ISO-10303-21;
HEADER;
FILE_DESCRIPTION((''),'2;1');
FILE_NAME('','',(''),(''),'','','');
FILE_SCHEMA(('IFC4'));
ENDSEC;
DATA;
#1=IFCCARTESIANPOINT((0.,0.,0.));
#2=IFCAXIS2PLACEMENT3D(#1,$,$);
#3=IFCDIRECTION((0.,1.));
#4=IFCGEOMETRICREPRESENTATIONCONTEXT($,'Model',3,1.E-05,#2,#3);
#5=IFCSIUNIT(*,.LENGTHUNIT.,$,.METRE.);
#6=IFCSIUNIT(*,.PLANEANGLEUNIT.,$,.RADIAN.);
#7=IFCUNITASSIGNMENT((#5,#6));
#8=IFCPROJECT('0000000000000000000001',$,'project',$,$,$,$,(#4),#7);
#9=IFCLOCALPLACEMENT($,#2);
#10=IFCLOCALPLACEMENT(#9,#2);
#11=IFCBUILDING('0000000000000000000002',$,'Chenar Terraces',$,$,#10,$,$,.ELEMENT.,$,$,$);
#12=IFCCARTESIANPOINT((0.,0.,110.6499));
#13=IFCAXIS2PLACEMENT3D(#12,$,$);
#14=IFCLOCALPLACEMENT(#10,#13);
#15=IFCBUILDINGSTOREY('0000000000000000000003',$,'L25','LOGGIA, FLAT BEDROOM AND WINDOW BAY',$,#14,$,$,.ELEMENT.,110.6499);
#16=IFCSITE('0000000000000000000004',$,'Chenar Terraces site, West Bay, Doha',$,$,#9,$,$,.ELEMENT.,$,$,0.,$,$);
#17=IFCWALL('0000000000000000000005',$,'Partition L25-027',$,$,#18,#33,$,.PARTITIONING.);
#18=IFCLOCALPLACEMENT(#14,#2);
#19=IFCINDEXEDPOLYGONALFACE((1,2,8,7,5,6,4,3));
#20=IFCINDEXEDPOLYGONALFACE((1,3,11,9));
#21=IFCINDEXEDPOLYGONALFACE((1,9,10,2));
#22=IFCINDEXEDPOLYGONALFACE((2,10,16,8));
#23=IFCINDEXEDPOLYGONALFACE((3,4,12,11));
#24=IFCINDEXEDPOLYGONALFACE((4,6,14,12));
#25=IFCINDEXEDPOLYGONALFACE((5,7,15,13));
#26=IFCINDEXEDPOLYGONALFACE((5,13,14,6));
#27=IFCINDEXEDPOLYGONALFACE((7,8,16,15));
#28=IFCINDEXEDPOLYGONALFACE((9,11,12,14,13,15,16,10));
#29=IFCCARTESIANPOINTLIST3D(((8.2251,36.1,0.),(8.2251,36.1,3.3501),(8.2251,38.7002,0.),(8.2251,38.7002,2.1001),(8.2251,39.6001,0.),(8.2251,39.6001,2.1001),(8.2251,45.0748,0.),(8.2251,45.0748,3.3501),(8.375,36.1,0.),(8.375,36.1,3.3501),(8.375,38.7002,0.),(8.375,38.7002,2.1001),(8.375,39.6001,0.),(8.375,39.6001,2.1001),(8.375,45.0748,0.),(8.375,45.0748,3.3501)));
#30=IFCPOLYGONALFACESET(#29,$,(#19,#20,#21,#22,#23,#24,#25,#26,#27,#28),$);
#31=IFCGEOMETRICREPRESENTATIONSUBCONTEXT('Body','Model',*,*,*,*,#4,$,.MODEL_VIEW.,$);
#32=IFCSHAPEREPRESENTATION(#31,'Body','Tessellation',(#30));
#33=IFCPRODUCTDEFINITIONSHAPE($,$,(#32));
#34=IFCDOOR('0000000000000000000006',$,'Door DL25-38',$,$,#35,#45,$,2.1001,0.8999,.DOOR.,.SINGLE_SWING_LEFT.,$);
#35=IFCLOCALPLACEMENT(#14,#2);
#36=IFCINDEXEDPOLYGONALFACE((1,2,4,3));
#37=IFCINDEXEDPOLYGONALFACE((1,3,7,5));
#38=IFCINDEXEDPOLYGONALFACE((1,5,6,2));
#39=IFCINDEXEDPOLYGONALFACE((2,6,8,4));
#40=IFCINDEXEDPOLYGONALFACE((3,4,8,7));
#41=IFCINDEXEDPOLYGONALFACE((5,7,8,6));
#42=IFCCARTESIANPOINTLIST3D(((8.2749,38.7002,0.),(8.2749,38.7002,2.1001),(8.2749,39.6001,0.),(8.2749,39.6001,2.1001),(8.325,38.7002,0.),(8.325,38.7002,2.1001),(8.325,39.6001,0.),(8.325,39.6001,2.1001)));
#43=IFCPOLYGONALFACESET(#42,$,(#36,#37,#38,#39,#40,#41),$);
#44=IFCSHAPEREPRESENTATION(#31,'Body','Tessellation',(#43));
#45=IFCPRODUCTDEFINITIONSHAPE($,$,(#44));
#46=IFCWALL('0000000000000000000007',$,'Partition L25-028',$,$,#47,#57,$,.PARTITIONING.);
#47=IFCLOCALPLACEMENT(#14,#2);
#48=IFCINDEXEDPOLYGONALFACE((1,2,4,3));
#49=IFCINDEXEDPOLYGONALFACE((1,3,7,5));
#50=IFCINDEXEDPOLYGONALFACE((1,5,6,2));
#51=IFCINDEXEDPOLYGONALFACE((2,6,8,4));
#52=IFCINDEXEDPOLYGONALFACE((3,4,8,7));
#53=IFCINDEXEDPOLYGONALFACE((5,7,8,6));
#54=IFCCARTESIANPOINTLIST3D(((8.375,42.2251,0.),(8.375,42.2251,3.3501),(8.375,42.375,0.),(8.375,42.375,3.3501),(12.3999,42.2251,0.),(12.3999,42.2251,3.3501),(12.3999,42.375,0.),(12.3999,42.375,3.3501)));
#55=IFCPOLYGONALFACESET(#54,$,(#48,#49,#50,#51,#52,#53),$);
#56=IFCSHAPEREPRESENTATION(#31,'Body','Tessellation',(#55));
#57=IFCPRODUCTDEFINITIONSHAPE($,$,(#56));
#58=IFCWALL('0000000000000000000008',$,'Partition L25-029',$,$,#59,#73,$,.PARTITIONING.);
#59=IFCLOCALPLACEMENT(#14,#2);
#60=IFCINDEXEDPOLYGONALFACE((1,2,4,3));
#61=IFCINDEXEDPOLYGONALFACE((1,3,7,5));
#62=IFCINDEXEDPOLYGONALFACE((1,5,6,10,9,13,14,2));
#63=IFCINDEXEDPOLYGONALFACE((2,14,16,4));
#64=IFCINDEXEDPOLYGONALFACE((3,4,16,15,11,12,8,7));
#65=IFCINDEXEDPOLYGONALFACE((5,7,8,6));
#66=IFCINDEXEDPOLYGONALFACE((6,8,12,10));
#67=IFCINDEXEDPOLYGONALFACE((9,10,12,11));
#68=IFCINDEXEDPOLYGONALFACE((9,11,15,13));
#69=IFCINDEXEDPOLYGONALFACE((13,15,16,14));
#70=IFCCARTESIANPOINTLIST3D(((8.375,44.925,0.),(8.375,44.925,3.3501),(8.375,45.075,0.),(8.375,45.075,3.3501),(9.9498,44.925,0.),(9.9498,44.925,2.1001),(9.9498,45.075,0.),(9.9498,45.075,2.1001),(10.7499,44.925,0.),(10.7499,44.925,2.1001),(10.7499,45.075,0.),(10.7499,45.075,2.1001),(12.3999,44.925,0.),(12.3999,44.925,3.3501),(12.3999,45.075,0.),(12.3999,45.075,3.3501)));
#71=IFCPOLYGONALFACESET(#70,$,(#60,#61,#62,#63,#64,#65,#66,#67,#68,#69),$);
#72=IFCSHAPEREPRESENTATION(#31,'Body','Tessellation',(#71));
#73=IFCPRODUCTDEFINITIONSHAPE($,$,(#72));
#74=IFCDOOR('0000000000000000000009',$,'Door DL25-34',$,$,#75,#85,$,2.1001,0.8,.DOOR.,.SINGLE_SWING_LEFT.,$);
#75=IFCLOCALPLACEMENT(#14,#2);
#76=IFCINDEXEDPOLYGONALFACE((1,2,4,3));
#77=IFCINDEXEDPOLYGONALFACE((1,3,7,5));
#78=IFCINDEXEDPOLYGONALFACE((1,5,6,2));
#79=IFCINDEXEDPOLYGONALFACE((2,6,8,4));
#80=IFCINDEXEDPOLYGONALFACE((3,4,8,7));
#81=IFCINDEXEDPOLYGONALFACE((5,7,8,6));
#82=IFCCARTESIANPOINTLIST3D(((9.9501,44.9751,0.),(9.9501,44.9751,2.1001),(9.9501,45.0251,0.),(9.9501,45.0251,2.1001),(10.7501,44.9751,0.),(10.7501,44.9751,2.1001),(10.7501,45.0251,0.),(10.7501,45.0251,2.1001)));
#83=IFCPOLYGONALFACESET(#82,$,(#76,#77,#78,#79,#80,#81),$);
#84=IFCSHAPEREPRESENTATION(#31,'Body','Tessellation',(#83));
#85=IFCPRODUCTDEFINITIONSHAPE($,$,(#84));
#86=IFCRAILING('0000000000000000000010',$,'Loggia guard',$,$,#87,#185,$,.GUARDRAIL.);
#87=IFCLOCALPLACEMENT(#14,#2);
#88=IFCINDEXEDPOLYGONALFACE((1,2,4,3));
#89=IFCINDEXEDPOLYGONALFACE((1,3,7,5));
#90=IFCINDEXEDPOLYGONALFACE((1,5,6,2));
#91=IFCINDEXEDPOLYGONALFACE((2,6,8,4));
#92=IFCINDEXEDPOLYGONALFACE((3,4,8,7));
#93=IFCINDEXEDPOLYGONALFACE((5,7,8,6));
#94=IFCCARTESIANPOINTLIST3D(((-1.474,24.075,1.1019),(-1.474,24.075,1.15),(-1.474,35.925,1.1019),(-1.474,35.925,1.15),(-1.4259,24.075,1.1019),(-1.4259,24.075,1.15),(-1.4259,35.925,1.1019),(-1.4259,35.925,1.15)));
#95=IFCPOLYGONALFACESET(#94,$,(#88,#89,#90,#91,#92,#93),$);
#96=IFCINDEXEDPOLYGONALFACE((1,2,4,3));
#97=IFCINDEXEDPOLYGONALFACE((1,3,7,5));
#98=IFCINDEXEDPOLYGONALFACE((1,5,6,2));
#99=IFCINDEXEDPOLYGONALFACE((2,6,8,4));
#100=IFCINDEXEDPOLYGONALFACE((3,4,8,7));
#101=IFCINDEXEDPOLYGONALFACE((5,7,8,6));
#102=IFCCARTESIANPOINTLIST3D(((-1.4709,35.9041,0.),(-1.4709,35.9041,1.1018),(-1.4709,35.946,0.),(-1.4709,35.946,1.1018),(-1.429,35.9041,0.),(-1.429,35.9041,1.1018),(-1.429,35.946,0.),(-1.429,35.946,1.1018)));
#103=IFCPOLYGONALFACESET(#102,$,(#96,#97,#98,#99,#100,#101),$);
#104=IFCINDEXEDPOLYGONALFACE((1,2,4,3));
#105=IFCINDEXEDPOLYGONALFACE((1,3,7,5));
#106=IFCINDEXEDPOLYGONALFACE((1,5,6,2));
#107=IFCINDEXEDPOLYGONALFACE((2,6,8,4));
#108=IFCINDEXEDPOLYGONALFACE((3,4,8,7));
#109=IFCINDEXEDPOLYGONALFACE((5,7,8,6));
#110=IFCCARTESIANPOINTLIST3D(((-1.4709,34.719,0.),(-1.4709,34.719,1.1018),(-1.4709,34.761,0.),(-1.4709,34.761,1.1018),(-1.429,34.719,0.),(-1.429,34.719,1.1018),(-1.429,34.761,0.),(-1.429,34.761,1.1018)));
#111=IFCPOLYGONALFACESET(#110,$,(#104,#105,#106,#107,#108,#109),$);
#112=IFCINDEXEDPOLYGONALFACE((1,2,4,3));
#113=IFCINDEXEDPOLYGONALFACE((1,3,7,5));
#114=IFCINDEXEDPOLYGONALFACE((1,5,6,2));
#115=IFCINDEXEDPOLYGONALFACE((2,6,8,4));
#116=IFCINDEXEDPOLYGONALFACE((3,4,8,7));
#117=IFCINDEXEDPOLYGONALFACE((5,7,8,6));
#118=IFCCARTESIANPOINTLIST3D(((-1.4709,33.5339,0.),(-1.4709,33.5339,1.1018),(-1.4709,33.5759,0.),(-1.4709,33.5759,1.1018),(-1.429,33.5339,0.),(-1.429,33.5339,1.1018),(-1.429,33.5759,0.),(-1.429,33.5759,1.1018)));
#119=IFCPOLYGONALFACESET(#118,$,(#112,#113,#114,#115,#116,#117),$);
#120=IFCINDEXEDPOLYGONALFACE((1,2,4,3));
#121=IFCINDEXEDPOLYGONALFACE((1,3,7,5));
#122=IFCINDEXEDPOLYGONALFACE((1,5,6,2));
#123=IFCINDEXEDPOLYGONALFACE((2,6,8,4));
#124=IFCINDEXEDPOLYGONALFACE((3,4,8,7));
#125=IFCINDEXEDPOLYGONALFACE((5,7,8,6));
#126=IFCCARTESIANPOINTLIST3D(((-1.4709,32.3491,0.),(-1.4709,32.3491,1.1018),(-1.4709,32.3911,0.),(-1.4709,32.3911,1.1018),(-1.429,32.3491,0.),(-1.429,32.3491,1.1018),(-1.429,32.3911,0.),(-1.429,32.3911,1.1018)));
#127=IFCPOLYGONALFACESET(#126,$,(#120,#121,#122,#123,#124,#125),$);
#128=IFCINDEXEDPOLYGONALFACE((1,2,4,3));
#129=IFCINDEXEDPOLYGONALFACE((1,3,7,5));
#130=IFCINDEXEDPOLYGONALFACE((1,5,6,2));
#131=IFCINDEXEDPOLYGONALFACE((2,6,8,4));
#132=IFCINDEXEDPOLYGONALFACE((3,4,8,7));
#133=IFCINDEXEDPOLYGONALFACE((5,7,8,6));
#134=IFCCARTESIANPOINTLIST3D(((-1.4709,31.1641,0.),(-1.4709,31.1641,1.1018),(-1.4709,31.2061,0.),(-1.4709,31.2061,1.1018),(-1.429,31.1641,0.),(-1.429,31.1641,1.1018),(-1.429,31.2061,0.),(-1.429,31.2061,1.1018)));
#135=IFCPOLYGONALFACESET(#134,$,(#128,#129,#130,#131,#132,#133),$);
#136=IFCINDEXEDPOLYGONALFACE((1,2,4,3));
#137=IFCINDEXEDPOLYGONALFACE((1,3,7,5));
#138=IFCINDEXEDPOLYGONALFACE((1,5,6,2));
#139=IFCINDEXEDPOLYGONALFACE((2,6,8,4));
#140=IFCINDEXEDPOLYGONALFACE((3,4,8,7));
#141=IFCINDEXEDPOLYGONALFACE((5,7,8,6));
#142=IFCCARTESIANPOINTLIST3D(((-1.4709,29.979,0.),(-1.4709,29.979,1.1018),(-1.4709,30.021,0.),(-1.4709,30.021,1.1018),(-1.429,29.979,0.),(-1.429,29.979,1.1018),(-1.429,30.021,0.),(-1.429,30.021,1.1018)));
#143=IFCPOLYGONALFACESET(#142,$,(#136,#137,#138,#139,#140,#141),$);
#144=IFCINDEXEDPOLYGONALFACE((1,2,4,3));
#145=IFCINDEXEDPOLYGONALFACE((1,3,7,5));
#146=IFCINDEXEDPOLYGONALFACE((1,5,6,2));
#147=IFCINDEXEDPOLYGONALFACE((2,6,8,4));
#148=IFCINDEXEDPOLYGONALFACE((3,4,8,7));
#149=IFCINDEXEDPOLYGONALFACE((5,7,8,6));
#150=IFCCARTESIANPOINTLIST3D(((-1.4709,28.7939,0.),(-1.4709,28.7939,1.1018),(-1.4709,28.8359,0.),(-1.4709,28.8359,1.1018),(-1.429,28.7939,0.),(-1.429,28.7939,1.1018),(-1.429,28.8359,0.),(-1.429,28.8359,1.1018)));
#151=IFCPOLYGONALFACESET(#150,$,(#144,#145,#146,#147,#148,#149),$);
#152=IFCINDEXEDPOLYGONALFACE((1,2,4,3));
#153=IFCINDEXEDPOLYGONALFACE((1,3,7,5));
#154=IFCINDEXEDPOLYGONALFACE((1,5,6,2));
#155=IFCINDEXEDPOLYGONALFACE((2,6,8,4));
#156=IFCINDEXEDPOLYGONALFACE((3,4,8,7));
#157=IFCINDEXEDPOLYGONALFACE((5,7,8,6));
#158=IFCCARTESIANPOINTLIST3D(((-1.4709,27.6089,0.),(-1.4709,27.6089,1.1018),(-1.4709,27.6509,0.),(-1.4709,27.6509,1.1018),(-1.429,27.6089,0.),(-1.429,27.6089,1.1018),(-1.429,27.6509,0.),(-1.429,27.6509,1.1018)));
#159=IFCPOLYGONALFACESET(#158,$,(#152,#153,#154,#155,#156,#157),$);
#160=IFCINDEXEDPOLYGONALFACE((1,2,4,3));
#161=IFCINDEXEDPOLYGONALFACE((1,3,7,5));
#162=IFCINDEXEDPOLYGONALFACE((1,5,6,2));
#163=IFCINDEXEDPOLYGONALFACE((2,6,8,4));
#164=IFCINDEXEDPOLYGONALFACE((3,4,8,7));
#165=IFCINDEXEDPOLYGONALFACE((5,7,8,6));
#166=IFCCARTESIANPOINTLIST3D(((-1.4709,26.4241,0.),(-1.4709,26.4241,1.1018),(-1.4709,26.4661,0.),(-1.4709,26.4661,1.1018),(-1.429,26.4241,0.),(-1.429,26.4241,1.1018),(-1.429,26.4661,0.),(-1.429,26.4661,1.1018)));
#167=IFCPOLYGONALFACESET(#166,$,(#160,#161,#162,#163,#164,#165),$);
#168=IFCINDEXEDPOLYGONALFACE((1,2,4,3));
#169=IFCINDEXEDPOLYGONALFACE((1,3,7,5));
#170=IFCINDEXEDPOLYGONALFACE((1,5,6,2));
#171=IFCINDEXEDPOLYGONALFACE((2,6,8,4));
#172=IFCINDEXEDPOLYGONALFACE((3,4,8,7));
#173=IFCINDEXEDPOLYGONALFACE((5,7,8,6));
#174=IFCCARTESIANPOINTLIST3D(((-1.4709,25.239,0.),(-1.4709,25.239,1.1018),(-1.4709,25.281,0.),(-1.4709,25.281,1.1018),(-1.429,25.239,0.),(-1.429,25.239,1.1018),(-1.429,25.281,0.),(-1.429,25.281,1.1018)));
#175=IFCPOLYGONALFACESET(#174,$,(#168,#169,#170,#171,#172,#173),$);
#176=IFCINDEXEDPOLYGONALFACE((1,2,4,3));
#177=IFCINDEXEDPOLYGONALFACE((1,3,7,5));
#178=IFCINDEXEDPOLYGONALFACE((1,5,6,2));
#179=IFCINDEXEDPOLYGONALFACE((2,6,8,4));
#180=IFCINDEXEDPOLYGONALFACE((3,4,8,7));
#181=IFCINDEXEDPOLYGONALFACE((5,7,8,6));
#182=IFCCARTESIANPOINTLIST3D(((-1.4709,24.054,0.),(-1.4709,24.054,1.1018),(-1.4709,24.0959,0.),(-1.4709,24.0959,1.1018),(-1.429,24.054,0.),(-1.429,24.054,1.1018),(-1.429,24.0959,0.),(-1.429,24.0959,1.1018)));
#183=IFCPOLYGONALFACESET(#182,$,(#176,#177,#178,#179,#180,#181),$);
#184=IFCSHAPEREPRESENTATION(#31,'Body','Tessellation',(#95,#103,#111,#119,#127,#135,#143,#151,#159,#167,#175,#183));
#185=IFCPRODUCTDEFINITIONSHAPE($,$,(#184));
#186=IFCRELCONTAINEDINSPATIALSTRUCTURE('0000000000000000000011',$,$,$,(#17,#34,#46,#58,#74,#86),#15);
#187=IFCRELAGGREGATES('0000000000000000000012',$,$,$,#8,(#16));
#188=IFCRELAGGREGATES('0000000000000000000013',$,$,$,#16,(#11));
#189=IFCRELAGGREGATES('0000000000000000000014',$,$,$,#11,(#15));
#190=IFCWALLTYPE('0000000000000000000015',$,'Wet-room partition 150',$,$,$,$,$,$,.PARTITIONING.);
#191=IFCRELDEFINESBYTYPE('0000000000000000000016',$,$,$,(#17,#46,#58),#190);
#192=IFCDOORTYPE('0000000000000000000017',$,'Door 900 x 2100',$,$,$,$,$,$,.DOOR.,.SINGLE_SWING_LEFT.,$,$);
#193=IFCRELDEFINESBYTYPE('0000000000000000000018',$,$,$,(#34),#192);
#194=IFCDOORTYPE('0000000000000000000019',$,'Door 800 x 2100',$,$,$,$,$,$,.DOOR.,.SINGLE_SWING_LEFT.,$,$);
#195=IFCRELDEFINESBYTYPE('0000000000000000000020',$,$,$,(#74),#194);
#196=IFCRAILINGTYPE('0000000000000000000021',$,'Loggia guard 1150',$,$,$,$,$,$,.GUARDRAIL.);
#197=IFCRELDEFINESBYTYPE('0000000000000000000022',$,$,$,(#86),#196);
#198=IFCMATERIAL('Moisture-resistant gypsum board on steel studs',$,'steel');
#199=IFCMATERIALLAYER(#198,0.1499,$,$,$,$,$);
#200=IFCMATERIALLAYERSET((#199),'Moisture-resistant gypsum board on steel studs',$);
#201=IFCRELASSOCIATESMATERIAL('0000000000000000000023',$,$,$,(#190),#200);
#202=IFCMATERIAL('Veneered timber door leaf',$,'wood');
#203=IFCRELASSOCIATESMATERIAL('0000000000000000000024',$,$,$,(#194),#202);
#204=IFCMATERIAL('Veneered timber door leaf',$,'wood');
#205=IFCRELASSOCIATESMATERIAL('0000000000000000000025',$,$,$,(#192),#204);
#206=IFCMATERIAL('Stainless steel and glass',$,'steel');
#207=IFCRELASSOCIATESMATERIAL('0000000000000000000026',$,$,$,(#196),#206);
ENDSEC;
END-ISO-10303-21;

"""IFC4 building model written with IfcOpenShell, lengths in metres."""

from ifc_helpers import new_model, si_unit, direction, frame, frame_2d, origin, origin_2d, place, context, subcontext, project, spatial, rectangle, extrude, material, layer, layer_set, type_object, element, fill, save


model = new_model("IFC4")

# Units and contexts
model_context = context("Model", 3, precision=1e-05, world=origin(), true_north=direction((0.0, 1.0)))
body_context = subcontext(model_context, "Body", "Model", "MODEL_VIEW")
ifc_project = project(units=[si_unit("LENGTHUNIT", "METRE"), si_unit("PLANEANGLEUNIT", "RADIAN")], contexts=[model_context])

# Site, building, storey
site_placement = place(None, origin())
site = spatial("IfcSite", under=ifc_project, at=site_placement, Name="Chenar Terraces site, West Bay, Doha", CompositionType="ELEMENT", RefElevation=0.0)
building_placement = place(site_placement, origin())
building = spatial("IfcBuilding", under=site, at=building_placement, Name="Chenar Terraces", CompositionType="ELEMENT")
storey_placement = place(building_placement, frame((0.0, 0.0, 110.6499)))
storey = spatial("IfcBuildingStorey", under=building, at=storey_placement, Name="L25", Description="LOGGIA, FLAT BEDROOM AND WINDOW BAY", CompositionType="ELEMENT", Elevation=110.6499)

# Shared definitions
ifc_material_1 = material(Name="Moisture-resistant gypsum board on steel studs", Category="steel")
ifc_layer_1 = layer(ifc_material_1, 0.1499)
ifc_layer_set_1 = layer_set([ifc_layer_1], Name="Moisture-resistant gypsum board on steel studs")
wall_type_1 = type_object("IfcWallType", Name="Wet-room partition 150", PredefinedType="PARTITIONING", material=ifc_layer_set_1)

# Shared definitions
ifc_material_2 = material(Name="Veneered timber door leaf", Category="wood")
door_type_1 = type_object("IfcDoorType", Name="Door 800 x 2100", OperationType="SINGLE_SWING_LEFT", PredefinedType="DOOR", material=ifc_material_2)

# Shared definitions
ifc_material_3 = material(Name="Veneered timber door leaf", Category="wood")
door_type_2 = type_object("IfcDoorType", Name="Door 900 x 2100", OperationType="SINGLE_SWING_LEFT", PredefinedType="DOOR", material=ifc_material_3)

# Wall, opening, door
wall_1_placement = place(storey_placement, frame((8.3, 36.1001, 0.0), z_axis=(0.0, 0.0, 1.0), x_axis=(0.0, 1.0, 0.0)))
wall_1 = element("IfcWall", 1, at=wall_1_placement, inside=storey, type_object=wall_type_1, Name="Partition L25-027", PredefinedType="PARTITIONING", context=body_context, shape_type="SweptSolid", body=[
    extrude(rectangle(XDim=8.9749, YDim=0.1499, at=frame_2d((4.4873, 0.0))), origin(), (0.0, 0.0, 1.0), 3.3501),
])
opening_1_placement = place(wall_1_placement, frame((2.6001, 0.0, 0.0)))
opening_1 = element("IfcOpeningElement", 2, at=opening_1_placement, cuts=wall_1, PredefinedType="OPENING", context=body_context, shape_type="SweptSolid", body=[
    extrude(rectangle(XDim=0.8999, YDim=2.1001, at=frame_2d((0.45, 1.05))), frame((0.0, 0.085, 0.0), z_axis=(0.0, -1.0, 0.0), x_axis=(1.0, 0.0, 0.0)), (0.0, 0.0, 1.0), 0.1699),
])
door_1_placement = place(opening_1_placement, frame((0.8999, 0.0, 0.0), z_axis=(0.0, 0.0, 1.0), x_axis=(-1.0, 0.0, 0.0)))
door_1 = element("IfcDoor", 3, at=door_1_placement, inside=storey, type_object=door_type_2, Name="Door DL25-38", OperationType="SINGLE_SWING_LEFT", OverallHeight=2.1001, OverallWidth=0.8999, PredefinedType="DOOR", context=body_context, shape_type="SweptSolid", body=[
    extrude(rectangle(XDim=0.8999, YDim=2.1001, at=frame_2d((0.45, 1.05))), frame((0.0, 0.0249, 0.0), z_axis=(0.0, -1.0, 0.0), x_axis=(1.0, 0.0, 0.0)), (0.0, 0.0, 1.0), 0.05),
])
fill(opening_1, door_1)

# Wall
wall_2_placement = place(storey_placement, frame((8.375, 42.3, 0.0), z_axis=(0.0, 0.0, 1.0), x_axis=(1.0, 0.0, 0.0)))
element("IfcWall", 4, at=wall_2_placement, inside=storey, type_object=wall_type_1, Name="Partition L25-028", PredefinedType="PARTITIONING", context=body_context, shape_type="SweptSolid", body=[
    extrude(rectangle(XDim=4.0249, YDim=0.1499, at=frame_2d((2.0125, 0.0))), origin(), (0.0, 0.0, 1.0), 3.3501),
])

# Wall, opening, door
wall_3_placement = place(storey_placement, frame((8.375, 45.0, 0.0), z_axis=(0.0, 0.0, 1.0), x_axis=(1.0, 0.0, 0.0)))
wall_3 = element("IfcWall", 5, at=wall_3_placement, inside=storey, type_object=wall_type_1, Name="Partition L25-029", PredefinedType="PARTITIONING", context=body_context, shape_type="SweptSolid", body=[
    extrude(rectangle(XDim=4.0249, YDim=0.1499, at=frame_2d((2.0125, 0.0))), origin(), (0.0, 0.0, 1.0), 3.3501),
])
opening_2_placement = place(wall_3_placement, frame((1.575, 0.0, 0.0)))
opening_2 = element("IfcOpeningElement", 6, at=opening_2_placement, cuts=wall_3, PredefinedType="OPENING", context=body_context, shape_type="SweptSolid", body=[
    extrude(rectangle(XDim=0.8, YDim=2.1001, at=frame_2d((0.3999, 1.05))), frame((0.0, 0.085, 0.0), z_axis=(0.0, -1.0, 0.0), x_axis=(1.0, 0.0, 0.0)), (0.0, 0.0, 1.0), 0.1699),
])
door_2_placement = place(opening_2_placement, frame((0.8, 0.0, 0.0), z_axis=(0.0, 0.0, 1.0), x_axis=(-1.0, 0.0, 0.0)))
door_2 = element("IfcDoor", 7, at=door_2_placement, inside=storey, type_object=door_type_1, Name="Door DL25-34", OperationType="SINGLE_SWING_LEFT", OverallHeight=2.1001, OverallWidth=0.8, PredefinedType="DOOR", context=body_context, shape_type="SweptSolid", body=[
    extrude(rectangle(XDim=0.8, YDim=2.1001, at=frame_2d((0.3999, 1.05))), frame((0.0, 0.0249, 0.0), z_axis=(0.0, -1.0, 0.0), x_axis=(1.0, 0.0, 0.0)), (0.0, 0.0, 1.0), 0.05),
])
fill(opening_2, door_2)

# Railing
ifc_material_4 = material(Name="Stainless steel and glass", Category="steel")
railing_type = type_object("IfcRailingType", Name="Loggia guard 1150", PredefinedType="GUARDRAIL", material=ifc_material_4)
railing_placement = place(storey_placement, frame((-1.45, 35.925, 0.0)))
element("IfcRailing", 8, at=railing_placement, inside=storey, type_object=railing_type, Name="Loggia guard", PredefinedType="GUARDRAIL", context=body_context, shape_type="SweptSolid", body=[
    extrude(rectangle(XDim=0.0481, YDim=0.0481, at=origin_2d()), frame((0.0, 0.0, 1.126), z_axis=(0.0, -1.0, 0.0), x_axis=(1.0, 0.0, 0.0)), (0.0, 0.0, 1.0), 11.8501),
    extrude(rectangle(XDim=0.042, YDim=0.042, at=origin_2d()), origin(), (0.0, 0.0, 1.0), 1.1018),
    extrude(rectangle(XDim=0.042, YDim=0.042, at=origin_2d()), frame((0.0, -1.1851, 0.0)), (0.0, 0.0, 1.0), 1.1018),
    extrude(rectangle(XDim=0.042, YDim=0.042, at=origin_2d()), frame((0.0, -2.3701, 0.0)), (0.0, 0.0, 1.0), 1.1018),
    extrude(rectangle(XDim=0.042, YDim=0.042, at=origin_2d()), frame((0.0, -3.5549, 0.0)), (0.0, 0.0, 1.0), 1.1018),
    extrude(rectangle(XDim=0.042, YDim=0.042, at=origin_2d()), frame((0.0, -4.74, 0.0)), (0.0, 0.0, 1.0), 1.1018),
    extrude(rectangle(XDim=0.042, YDim=0.042, at=origin_2d()), frame((0.0, -5.925, 0.0)), (0.0, 0.0, 1.0), 1.1018),
    extrude(rectangle(XDim=0.042, YDim=0.042, at=origin_2d()), frame((0.0, -7.1101, 0.0)), (0.0, 0.0, 1.0), 1.1018),
    extrude(rectangle(XDim=0.042, YDim=0.042, at=origin_2d()), frame((0.0, -8.2952, 0.0)), (0.0, 0.0, 1.0), 1.1018),
    extrude(rectangle(XDim=0.042, YDim=0.042, at=origin_2d()), frame((0.0, -9.48, 0.0)), (0.0, 0.0, 1.0), 1.1018),
    extrude(rectangle(XDim=0.042, YDim=0.042, at=origin_2d()), frame((0.0, -10.665, 0.0)), (0.0, 0.0, 1.0), 1.1018),
    extrude(rectangle(XDim=0.042, YDim=0.042, at=origin_2d()), frame((0.0, -11.8501, 0.0)), (0.0, 0.0, 1.0), 1.1018),
])

save(model, "model.ifc")
